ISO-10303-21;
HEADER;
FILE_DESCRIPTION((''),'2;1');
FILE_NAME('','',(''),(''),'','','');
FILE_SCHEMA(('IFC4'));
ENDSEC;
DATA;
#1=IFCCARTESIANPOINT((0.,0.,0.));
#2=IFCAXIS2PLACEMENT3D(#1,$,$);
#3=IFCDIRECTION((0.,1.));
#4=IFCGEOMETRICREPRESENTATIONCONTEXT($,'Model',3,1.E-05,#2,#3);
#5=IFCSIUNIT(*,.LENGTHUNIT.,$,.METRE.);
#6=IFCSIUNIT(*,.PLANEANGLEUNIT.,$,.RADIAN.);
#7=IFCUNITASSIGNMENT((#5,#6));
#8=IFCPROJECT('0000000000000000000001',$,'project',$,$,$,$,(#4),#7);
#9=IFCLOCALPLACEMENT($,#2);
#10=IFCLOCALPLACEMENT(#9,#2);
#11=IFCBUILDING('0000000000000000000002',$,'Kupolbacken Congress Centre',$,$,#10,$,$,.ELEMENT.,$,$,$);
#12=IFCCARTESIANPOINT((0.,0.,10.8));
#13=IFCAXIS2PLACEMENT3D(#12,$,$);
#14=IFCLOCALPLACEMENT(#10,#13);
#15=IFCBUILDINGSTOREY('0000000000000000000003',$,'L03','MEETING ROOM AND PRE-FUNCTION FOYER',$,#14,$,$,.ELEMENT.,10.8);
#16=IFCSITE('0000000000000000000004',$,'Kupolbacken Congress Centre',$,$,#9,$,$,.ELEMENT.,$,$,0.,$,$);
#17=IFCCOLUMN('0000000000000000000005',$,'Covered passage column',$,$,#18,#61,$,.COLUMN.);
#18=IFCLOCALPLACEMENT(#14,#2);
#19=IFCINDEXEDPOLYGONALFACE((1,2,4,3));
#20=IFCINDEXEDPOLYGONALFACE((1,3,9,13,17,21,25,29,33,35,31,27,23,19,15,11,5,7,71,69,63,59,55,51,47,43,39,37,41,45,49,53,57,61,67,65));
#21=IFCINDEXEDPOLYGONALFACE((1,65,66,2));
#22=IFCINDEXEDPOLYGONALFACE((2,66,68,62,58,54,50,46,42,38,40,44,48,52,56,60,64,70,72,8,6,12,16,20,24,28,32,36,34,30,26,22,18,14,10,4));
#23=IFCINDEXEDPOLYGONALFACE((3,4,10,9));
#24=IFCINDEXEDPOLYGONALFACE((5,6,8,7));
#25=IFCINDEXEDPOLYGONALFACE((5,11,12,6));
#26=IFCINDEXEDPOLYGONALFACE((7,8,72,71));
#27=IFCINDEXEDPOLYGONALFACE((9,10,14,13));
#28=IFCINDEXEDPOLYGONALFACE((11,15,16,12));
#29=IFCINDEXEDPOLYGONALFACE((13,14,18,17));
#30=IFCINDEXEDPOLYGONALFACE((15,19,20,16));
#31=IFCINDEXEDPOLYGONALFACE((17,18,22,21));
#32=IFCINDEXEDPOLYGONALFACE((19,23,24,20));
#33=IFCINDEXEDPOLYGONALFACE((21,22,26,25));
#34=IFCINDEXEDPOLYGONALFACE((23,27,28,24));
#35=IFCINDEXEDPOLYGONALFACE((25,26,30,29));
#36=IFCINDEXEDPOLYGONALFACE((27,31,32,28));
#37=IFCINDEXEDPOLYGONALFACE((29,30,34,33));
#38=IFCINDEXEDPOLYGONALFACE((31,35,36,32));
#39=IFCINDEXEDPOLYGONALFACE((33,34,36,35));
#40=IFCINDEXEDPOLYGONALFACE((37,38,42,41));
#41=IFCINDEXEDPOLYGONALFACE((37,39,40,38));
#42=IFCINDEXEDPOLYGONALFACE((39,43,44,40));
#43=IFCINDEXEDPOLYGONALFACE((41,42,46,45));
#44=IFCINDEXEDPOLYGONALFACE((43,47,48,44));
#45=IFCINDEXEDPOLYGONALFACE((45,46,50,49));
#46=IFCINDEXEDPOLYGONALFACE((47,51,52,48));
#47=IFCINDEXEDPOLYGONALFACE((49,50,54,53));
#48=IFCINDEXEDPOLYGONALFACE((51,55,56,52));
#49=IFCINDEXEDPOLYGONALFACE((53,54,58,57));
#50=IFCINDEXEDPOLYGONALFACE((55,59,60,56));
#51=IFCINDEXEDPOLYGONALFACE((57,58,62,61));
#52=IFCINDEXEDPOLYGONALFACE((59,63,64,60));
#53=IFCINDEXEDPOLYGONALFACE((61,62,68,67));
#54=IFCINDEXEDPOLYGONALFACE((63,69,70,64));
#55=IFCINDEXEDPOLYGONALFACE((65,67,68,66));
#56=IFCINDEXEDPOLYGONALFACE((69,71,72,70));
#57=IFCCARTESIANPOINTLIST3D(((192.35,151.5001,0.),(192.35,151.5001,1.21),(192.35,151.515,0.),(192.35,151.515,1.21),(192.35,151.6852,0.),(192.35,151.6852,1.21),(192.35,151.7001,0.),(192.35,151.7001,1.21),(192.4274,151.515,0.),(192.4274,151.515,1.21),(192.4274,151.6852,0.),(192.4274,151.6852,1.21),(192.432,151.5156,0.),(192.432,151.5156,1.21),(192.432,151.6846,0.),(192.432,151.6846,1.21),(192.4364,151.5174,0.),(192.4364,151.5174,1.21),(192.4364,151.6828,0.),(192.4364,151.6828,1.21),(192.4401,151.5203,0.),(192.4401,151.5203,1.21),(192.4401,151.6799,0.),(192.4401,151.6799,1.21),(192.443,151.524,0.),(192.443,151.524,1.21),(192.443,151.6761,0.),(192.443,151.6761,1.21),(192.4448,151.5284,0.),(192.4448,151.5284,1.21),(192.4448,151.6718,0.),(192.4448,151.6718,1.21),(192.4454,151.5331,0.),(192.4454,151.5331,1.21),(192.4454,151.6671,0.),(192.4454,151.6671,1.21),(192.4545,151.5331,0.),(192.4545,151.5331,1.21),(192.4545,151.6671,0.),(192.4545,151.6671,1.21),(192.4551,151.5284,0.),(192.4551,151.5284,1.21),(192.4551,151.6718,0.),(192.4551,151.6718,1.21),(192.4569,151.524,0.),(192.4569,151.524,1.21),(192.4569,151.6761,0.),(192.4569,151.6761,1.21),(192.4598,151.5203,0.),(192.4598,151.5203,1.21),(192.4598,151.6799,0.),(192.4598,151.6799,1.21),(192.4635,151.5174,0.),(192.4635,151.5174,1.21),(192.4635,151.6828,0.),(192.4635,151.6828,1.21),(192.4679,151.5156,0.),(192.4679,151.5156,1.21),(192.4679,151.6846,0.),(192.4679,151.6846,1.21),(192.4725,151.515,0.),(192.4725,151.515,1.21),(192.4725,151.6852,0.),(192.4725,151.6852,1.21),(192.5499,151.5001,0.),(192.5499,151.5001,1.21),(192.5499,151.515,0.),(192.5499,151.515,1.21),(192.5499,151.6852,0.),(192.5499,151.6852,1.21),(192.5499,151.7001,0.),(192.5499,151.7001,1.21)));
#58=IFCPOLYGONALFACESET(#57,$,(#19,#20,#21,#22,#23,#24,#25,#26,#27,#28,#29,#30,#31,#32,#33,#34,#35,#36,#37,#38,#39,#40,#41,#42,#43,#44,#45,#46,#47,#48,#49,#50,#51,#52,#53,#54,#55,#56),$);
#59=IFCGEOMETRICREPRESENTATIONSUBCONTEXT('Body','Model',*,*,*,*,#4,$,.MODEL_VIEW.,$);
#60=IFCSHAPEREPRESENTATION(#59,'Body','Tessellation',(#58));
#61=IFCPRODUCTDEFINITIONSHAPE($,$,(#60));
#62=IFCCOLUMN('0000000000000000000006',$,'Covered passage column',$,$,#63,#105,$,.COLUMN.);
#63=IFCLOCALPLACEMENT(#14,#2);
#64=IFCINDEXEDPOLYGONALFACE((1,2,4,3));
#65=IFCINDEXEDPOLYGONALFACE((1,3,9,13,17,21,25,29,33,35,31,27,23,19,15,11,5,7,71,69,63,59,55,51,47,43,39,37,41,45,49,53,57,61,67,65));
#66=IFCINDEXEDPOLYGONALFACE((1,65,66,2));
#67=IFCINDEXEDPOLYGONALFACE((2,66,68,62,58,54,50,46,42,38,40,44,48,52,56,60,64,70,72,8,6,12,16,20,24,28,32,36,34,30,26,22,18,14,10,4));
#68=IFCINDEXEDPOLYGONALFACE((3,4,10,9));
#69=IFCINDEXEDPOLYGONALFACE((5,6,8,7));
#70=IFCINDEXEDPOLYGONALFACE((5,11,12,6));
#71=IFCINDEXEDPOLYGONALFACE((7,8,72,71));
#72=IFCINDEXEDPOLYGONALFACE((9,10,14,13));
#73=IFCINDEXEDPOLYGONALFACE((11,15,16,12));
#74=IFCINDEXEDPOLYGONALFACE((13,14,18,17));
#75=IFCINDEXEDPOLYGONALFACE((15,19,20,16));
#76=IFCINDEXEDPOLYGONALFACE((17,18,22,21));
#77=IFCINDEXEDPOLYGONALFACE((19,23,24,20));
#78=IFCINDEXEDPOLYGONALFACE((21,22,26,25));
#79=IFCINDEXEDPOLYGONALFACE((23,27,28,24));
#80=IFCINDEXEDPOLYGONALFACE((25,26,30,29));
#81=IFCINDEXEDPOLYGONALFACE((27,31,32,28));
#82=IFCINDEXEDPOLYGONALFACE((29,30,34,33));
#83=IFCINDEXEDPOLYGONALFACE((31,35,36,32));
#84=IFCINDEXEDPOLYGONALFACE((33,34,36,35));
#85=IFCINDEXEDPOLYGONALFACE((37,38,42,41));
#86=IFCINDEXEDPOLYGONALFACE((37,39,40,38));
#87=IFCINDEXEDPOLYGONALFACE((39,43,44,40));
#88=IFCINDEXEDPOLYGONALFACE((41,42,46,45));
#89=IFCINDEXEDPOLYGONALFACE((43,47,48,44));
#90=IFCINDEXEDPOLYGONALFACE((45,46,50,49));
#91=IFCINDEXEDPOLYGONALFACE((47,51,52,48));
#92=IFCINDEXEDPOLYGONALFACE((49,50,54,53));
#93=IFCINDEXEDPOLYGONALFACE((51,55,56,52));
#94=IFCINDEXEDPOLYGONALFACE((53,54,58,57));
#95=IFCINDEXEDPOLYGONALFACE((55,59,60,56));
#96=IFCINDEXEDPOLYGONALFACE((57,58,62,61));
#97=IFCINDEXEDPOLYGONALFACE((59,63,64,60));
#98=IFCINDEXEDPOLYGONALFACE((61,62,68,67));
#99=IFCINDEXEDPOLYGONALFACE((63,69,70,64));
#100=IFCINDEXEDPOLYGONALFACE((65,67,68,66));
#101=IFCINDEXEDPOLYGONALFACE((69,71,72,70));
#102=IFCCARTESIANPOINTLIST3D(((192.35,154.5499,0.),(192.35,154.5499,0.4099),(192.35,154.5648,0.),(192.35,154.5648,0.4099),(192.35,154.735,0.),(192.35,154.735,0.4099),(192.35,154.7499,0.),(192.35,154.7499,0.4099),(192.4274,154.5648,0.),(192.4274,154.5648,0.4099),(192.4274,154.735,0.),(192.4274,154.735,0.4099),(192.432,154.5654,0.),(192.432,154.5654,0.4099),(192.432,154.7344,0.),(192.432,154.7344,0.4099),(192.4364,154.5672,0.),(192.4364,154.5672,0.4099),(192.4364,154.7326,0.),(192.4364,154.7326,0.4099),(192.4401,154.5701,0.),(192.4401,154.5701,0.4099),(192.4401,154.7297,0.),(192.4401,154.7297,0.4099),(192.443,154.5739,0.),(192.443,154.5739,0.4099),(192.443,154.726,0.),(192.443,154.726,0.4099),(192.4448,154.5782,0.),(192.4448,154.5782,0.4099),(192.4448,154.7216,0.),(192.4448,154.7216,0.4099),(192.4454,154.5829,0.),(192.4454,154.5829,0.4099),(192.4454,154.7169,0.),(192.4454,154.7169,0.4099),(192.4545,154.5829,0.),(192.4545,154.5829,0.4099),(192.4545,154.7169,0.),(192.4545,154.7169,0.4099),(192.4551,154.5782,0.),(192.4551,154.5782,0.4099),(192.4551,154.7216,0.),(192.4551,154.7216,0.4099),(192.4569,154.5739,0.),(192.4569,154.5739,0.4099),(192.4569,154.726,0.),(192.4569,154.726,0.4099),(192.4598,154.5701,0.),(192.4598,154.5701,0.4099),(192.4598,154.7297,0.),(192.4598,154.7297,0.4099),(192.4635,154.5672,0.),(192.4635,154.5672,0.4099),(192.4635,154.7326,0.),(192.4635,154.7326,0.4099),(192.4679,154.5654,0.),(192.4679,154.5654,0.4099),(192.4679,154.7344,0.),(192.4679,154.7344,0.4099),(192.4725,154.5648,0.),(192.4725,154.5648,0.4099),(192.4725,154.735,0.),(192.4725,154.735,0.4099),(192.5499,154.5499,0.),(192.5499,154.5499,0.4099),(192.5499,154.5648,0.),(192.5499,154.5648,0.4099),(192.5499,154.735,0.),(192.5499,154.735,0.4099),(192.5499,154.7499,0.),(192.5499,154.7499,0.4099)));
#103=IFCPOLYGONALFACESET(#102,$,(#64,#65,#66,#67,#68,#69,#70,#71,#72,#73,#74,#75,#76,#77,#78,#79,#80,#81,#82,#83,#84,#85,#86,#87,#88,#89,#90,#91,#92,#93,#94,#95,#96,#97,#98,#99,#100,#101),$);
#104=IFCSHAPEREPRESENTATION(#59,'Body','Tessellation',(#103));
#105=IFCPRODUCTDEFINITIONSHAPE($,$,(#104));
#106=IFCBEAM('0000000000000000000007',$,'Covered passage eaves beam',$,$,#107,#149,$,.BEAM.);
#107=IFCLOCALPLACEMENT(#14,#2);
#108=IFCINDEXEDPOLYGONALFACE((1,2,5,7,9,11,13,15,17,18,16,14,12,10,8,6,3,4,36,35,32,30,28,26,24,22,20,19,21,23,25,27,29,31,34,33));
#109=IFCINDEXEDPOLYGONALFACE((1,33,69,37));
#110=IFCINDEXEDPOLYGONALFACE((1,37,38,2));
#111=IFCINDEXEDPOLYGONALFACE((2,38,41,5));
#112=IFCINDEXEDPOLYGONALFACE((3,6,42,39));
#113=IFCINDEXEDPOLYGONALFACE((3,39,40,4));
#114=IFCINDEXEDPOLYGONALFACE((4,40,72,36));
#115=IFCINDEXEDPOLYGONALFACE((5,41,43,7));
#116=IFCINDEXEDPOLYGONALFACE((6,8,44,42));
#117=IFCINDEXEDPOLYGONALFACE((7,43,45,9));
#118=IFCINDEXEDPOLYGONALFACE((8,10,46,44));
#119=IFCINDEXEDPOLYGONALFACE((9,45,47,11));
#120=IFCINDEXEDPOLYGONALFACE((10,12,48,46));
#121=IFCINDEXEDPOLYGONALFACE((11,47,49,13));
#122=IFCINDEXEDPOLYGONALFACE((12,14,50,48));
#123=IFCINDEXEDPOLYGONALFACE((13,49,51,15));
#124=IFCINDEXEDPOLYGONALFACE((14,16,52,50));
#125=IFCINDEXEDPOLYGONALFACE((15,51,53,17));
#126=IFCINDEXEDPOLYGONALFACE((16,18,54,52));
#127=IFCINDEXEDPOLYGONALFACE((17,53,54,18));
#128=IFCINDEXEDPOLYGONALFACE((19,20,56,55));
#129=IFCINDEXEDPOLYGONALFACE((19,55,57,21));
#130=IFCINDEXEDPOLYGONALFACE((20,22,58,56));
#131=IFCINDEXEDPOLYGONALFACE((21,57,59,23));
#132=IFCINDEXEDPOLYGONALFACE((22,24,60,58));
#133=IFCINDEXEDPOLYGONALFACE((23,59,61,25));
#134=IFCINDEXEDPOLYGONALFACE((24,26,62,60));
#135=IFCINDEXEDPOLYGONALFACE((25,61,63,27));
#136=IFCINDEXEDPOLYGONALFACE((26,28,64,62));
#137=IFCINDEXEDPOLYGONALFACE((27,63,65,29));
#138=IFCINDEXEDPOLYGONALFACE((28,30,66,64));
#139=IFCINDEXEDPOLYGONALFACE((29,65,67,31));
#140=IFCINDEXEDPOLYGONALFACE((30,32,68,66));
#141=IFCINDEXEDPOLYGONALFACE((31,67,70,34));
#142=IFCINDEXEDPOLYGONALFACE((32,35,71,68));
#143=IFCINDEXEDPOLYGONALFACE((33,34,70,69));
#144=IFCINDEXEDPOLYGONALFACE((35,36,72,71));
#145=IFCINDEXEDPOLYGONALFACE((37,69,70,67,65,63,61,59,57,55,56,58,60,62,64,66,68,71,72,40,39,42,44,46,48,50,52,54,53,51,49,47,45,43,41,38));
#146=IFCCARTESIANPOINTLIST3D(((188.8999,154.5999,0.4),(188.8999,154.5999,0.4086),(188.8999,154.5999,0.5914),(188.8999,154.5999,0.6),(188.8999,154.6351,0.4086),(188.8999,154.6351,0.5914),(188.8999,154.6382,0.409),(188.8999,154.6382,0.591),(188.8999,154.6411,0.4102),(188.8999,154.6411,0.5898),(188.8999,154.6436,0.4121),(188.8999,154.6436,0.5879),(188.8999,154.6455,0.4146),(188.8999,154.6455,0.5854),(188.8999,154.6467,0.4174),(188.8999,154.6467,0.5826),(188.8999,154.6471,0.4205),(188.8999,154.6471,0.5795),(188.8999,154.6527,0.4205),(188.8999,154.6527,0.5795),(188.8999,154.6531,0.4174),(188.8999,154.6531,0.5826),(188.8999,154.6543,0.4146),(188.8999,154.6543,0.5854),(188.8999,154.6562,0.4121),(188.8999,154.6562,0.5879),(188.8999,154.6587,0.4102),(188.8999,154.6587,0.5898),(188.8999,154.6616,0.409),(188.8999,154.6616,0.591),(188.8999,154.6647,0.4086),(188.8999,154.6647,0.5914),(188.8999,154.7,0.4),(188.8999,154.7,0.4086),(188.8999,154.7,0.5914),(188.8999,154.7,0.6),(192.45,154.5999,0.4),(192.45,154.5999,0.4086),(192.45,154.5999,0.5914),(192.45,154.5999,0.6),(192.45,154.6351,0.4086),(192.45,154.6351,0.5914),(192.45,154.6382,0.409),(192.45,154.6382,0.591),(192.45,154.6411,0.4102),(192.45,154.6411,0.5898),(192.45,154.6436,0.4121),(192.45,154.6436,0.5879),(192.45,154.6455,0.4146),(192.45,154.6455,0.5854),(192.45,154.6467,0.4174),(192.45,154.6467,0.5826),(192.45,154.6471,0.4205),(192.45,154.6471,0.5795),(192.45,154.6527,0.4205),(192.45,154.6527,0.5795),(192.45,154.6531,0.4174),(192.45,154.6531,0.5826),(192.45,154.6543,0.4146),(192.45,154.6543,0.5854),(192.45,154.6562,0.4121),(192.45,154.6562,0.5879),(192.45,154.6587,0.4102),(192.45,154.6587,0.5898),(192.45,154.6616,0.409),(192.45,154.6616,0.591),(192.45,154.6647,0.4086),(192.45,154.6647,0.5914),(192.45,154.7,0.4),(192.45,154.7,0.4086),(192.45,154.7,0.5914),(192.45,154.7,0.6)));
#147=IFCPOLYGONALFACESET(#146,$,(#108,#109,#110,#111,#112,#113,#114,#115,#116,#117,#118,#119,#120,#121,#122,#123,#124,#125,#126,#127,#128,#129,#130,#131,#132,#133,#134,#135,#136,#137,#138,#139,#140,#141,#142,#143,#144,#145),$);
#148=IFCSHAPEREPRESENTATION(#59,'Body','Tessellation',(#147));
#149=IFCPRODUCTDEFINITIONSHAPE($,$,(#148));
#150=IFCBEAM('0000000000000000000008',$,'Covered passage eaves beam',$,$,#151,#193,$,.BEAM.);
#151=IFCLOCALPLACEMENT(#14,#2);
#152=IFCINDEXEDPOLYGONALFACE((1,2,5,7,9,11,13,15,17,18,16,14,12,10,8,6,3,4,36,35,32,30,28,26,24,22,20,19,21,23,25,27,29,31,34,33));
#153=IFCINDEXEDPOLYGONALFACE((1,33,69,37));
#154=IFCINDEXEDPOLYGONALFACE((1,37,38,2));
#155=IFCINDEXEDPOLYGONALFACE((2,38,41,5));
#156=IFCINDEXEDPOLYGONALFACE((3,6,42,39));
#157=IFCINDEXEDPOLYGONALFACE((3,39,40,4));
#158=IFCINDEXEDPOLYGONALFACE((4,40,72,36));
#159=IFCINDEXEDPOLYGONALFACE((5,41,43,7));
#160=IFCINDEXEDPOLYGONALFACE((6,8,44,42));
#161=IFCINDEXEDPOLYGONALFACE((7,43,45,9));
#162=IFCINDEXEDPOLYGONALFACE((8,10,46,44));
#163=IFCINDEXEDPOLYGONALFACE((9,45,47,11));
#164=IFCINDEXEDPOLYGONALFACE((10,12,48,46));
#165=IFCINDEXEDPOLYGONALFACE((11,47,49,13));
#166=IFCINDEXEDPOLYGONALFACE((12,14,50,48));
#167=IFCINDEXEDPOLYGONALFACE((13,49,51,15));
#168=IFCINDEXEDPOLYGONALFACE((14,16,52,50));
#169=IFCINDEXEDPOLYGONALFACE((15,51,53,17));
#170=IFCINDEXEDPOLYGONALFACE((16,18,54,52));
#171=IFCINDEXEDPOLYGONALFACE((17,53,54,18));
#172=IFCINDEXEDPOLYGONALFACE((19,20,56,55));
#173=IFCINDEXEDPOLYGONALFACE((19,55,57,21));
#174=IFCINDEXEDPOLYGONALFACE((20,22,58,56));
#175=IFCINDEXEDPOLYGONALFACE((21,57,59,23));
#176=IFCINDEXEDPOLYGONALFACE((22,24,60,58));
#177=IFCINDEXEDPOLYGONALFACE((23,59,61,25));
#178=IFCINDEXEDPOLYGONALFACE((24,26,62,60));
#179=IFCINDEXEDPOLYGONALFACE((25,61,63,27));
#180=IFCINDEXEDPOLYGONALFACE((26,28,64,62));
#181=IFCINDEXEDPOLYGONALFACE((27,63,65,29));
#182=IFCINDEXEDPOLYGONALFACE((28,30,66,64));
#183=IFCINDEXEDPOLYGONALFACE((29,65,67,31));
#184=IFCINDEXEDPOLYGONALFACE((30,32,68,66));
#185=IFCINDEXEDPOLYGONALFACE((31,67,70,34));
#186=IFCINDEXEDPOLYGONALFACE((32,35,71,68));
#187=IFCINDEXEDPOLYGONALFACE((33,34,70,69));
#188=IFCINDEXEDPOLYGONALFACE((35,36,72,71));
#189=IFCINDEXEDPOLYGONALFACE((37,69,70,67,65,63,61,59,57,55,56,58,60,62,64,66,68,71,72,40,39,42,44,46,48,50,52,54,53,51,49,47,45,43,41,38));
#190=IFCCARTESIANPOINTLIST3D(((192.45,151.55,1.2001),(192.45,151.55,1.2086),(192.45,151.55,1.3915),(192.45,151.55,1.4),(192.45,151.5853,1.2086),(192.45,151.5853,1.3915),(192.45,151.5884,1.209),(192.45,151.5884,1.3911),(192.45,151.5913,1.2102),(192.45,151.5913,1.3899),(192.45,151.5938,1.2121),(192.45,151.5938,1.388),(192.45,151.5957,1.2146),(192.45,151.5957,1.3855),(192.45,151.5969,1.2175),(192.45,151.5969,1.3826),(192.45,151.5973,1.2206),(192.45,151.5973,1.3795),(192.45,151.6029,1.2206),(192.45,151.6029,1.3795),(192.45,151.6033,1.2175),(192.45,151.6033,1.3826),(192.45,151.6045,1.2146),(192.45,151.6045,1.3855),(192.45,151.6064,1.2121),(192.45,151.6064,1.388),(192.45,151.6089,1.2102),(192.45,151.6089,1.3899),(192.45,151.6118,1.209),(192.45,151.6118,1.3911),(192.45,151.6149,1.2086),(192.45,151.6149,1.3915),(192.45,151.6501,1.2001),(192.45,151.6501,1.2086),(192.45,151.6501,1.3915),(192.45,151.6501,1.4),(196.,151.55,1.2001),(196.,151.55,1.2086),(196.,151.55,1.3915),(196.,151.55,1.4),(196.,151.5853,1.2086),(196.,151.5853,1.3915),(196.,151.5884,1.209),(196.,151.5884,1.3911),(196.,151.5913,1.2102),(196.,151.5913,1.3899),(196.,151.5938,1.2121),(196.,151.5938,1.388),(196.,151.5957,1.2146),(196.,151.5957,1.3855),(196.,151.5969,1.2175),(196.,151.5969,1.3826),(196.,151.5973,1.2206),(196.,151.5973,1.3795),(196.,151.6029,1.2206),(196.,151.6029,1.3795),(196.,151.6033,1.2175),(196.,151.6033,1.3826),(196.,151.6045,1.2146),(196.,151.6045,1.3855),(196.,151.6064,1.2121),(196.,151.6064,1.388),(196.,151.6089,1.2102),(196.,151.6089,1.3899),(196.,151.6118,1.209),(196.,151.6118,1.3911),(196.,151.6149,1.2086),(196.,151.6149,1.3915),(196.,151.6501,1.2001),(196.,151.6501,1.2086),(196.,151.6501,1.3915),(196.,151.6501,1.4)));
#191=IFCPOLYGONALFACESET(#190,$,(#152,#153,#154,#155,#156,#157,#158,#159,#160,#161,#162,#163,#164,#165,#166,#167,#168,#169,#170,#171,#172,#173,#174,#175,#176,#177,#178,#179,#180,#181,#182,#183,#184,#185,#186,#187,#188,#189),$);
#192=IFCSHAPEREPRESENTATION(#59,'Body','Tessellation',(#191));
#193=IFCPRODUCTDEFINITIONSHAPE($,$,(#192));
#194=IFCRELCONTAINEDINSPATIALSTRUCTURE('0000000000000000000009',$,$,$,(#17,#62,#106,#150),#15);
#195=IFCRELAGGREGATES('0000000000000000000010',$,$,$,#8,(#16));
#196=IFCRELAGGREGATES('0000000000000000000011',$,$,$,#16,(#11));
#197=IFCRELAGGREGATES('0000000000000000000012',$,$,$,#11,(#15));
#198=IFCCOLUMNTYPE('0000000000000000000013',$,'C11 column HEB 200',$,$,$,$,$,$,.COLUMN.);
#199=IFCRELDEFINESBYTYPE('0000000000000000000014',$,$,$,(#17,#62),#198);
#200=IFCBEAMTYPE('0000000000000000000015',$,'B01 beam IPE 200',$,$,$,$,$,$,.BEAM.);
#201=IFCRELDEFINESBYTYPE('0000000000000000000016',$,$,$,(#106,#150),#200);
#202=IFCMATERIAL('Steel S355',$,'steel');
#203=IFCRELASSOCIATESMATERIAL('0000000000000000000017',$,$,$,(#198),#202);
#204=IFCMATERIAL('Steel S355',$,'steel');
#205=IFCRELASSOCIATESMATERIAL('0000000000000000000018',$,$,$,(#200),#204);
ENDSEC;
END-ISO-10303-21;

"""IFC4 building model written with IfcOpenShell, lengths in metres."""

from ifc_helpers import new_model, si_unit, direction, frame, origin, origin_2d, place, context, subcontext, project, spatial, i_section, extrude, material, material_profile, profile_set, type_object, element, save


model = new_model("IFC4")

# Units and contexts
model_context = context("Model", 3, precision=1e-05, world=origin(), true_north=direction((0.0, 1.0)))
body_context = subcontext(model_context, "Body", "Model", "MODEL_VIEW")
ifc_project = project(units=[si_unit("LENGTHUNIT", "METRE"), si_unit("PLANEANGLEUNIT", "RADIAN")], contexts=[model_context])

# Site, building, storey
site_placement = place(None, origin())
site = spatial("IfcSite", under=ifc_project, at=site_placement, Name="Kupolbacken Congress Centre", CompositionType="ELEMENT", RefElevation=0.0)
building_placement = place(site_placement, origin())
building = spatial("IfcBuilding", under=site, at=building_placement, Name="Kupolbacken Congress Centre", CompositionType="ELEMENT")
storey_placement = place(building_placement, frame((0.0, 0.0, 10.8)))
storey = spatial("IfcBuildingStorey", under=building, at=storey_placement, Name="L03", Description="MEETING ROOM AND PRE-FUNCTION FOYER", CompositionType="ELEMENT", Elevation=10.8)

# Columns
ifc_material_1 = material(Name="Steel S355", Category="steel")
ifc_material_profile_1 = material_profile(ifc_material_1, i_section(OverallWidth=0.2, OverallDepth=0.2, WebThickness=0.009, FlangeThickness=0.0149, FilletRadius=0.0181, at=origin_2d()), Name="HEB 200")
ifc_profile_set_1 = profile_set([ifc_material_profile_1], Name="Steel S355")
column_type = type_object("IfcColumnType", Name="C11 column HEB 200", PredefinedType="COLUMN", material=ifc_profile_set_1)
column_1_placement = place(storey_placement, frame((192.45, 151.6001, 0.0), z_axis=(0.0, 0.0, 1.0), x_axis=(1.0, 0.0, 0.0)))
element("IfcColumn", 1, at=column_1_placement, inside=storey, type_object=column_type, Name="Covered passage column", PredefinedType="COLUMN", context=body_context, shape_type="SweptSolid", body=[
    extrude(i_section(OverallWidth=0.2, OverallDepth=0.2, WebThickness=0.009, FlangeThickness=0.0149, FilletRadius=0.0181, at=origin_2d()), origin(), (0.0, 0.0, 1.0), 1.21),
])
column_2_placement = place(storey_placement, frame((192.45, 154.6499, 0.0), z_axis=(0.0, 0.0, 1.0), x_axis=(1.0, 0.0, 0.0)))
element("IfcColumn", 2, at=column_2_placement, inside=storey, type_object=column_type, Name="Covered passage column", PredefinedType="COLUMN", context=body_context, shape_type="SweptSolid", body=[
    extrude(i_section(OverallWidth=0.2, OverallDepth=0.2, WebThickness=0.009, FlangeThickness=0.0149, FilletRadius=0.0181, at=origin_2d()), origin(), (0.0, 0.0, 1.0), 0.4099),
])

# Beams
ifc_material_2 = material(Name="Steel S355", Category="steel")
ifc_material_profile_2 = material_profile(ifc_material_2, i_section(OverallWidth=0.1001, OverallDepth=0.2, WebThickness=0.0056, FlangeThickness=0.0085, FilletRadius=0.012, at=origin_2d()), Name="IPE 200")
ifc_profile_set_2 = profile_set([ifc_material_profile_2], Name="Steel S355")
beam_type = type_object("IfcBeamType", Name="B01 beam IPE 200", PredefinedType="BEAM", material=ifc_profile_set_2)
for number, where, z_axis, x_axis, name in (
    (3, (188.8999, 154.6499, 0.5), (1.0, 0.0, 0.0), (0.0, 1.0, 0.0), "Covered passage eaves beam"),
    (4, (192.45, 151.6001, 1.3), (1.0, 0.0, 0.0), (0.0, 1.0, 0.0), "Covered passage eaves beam"),
):
    element("IfcBeam", number, at=place(storey_placement, frame(where, z_axis=z_axis, x_axis=x_axis)), inside=storey, type_object=beam_type, Name=name, PredefinedType="BEAM", context=body_context, shape_type="SweptSolid", body=[
        extrude(i_section(OverallWidth=0.1001, OverallDepth=0.2, WebThickness=0.0056, FlangeThickness=0.0085, FilletRadius=0.012, at=origin_2d()), origin(), (0.0, 0.0, 1.0), 3.55),
    ])

save(model, "model.ifc")
